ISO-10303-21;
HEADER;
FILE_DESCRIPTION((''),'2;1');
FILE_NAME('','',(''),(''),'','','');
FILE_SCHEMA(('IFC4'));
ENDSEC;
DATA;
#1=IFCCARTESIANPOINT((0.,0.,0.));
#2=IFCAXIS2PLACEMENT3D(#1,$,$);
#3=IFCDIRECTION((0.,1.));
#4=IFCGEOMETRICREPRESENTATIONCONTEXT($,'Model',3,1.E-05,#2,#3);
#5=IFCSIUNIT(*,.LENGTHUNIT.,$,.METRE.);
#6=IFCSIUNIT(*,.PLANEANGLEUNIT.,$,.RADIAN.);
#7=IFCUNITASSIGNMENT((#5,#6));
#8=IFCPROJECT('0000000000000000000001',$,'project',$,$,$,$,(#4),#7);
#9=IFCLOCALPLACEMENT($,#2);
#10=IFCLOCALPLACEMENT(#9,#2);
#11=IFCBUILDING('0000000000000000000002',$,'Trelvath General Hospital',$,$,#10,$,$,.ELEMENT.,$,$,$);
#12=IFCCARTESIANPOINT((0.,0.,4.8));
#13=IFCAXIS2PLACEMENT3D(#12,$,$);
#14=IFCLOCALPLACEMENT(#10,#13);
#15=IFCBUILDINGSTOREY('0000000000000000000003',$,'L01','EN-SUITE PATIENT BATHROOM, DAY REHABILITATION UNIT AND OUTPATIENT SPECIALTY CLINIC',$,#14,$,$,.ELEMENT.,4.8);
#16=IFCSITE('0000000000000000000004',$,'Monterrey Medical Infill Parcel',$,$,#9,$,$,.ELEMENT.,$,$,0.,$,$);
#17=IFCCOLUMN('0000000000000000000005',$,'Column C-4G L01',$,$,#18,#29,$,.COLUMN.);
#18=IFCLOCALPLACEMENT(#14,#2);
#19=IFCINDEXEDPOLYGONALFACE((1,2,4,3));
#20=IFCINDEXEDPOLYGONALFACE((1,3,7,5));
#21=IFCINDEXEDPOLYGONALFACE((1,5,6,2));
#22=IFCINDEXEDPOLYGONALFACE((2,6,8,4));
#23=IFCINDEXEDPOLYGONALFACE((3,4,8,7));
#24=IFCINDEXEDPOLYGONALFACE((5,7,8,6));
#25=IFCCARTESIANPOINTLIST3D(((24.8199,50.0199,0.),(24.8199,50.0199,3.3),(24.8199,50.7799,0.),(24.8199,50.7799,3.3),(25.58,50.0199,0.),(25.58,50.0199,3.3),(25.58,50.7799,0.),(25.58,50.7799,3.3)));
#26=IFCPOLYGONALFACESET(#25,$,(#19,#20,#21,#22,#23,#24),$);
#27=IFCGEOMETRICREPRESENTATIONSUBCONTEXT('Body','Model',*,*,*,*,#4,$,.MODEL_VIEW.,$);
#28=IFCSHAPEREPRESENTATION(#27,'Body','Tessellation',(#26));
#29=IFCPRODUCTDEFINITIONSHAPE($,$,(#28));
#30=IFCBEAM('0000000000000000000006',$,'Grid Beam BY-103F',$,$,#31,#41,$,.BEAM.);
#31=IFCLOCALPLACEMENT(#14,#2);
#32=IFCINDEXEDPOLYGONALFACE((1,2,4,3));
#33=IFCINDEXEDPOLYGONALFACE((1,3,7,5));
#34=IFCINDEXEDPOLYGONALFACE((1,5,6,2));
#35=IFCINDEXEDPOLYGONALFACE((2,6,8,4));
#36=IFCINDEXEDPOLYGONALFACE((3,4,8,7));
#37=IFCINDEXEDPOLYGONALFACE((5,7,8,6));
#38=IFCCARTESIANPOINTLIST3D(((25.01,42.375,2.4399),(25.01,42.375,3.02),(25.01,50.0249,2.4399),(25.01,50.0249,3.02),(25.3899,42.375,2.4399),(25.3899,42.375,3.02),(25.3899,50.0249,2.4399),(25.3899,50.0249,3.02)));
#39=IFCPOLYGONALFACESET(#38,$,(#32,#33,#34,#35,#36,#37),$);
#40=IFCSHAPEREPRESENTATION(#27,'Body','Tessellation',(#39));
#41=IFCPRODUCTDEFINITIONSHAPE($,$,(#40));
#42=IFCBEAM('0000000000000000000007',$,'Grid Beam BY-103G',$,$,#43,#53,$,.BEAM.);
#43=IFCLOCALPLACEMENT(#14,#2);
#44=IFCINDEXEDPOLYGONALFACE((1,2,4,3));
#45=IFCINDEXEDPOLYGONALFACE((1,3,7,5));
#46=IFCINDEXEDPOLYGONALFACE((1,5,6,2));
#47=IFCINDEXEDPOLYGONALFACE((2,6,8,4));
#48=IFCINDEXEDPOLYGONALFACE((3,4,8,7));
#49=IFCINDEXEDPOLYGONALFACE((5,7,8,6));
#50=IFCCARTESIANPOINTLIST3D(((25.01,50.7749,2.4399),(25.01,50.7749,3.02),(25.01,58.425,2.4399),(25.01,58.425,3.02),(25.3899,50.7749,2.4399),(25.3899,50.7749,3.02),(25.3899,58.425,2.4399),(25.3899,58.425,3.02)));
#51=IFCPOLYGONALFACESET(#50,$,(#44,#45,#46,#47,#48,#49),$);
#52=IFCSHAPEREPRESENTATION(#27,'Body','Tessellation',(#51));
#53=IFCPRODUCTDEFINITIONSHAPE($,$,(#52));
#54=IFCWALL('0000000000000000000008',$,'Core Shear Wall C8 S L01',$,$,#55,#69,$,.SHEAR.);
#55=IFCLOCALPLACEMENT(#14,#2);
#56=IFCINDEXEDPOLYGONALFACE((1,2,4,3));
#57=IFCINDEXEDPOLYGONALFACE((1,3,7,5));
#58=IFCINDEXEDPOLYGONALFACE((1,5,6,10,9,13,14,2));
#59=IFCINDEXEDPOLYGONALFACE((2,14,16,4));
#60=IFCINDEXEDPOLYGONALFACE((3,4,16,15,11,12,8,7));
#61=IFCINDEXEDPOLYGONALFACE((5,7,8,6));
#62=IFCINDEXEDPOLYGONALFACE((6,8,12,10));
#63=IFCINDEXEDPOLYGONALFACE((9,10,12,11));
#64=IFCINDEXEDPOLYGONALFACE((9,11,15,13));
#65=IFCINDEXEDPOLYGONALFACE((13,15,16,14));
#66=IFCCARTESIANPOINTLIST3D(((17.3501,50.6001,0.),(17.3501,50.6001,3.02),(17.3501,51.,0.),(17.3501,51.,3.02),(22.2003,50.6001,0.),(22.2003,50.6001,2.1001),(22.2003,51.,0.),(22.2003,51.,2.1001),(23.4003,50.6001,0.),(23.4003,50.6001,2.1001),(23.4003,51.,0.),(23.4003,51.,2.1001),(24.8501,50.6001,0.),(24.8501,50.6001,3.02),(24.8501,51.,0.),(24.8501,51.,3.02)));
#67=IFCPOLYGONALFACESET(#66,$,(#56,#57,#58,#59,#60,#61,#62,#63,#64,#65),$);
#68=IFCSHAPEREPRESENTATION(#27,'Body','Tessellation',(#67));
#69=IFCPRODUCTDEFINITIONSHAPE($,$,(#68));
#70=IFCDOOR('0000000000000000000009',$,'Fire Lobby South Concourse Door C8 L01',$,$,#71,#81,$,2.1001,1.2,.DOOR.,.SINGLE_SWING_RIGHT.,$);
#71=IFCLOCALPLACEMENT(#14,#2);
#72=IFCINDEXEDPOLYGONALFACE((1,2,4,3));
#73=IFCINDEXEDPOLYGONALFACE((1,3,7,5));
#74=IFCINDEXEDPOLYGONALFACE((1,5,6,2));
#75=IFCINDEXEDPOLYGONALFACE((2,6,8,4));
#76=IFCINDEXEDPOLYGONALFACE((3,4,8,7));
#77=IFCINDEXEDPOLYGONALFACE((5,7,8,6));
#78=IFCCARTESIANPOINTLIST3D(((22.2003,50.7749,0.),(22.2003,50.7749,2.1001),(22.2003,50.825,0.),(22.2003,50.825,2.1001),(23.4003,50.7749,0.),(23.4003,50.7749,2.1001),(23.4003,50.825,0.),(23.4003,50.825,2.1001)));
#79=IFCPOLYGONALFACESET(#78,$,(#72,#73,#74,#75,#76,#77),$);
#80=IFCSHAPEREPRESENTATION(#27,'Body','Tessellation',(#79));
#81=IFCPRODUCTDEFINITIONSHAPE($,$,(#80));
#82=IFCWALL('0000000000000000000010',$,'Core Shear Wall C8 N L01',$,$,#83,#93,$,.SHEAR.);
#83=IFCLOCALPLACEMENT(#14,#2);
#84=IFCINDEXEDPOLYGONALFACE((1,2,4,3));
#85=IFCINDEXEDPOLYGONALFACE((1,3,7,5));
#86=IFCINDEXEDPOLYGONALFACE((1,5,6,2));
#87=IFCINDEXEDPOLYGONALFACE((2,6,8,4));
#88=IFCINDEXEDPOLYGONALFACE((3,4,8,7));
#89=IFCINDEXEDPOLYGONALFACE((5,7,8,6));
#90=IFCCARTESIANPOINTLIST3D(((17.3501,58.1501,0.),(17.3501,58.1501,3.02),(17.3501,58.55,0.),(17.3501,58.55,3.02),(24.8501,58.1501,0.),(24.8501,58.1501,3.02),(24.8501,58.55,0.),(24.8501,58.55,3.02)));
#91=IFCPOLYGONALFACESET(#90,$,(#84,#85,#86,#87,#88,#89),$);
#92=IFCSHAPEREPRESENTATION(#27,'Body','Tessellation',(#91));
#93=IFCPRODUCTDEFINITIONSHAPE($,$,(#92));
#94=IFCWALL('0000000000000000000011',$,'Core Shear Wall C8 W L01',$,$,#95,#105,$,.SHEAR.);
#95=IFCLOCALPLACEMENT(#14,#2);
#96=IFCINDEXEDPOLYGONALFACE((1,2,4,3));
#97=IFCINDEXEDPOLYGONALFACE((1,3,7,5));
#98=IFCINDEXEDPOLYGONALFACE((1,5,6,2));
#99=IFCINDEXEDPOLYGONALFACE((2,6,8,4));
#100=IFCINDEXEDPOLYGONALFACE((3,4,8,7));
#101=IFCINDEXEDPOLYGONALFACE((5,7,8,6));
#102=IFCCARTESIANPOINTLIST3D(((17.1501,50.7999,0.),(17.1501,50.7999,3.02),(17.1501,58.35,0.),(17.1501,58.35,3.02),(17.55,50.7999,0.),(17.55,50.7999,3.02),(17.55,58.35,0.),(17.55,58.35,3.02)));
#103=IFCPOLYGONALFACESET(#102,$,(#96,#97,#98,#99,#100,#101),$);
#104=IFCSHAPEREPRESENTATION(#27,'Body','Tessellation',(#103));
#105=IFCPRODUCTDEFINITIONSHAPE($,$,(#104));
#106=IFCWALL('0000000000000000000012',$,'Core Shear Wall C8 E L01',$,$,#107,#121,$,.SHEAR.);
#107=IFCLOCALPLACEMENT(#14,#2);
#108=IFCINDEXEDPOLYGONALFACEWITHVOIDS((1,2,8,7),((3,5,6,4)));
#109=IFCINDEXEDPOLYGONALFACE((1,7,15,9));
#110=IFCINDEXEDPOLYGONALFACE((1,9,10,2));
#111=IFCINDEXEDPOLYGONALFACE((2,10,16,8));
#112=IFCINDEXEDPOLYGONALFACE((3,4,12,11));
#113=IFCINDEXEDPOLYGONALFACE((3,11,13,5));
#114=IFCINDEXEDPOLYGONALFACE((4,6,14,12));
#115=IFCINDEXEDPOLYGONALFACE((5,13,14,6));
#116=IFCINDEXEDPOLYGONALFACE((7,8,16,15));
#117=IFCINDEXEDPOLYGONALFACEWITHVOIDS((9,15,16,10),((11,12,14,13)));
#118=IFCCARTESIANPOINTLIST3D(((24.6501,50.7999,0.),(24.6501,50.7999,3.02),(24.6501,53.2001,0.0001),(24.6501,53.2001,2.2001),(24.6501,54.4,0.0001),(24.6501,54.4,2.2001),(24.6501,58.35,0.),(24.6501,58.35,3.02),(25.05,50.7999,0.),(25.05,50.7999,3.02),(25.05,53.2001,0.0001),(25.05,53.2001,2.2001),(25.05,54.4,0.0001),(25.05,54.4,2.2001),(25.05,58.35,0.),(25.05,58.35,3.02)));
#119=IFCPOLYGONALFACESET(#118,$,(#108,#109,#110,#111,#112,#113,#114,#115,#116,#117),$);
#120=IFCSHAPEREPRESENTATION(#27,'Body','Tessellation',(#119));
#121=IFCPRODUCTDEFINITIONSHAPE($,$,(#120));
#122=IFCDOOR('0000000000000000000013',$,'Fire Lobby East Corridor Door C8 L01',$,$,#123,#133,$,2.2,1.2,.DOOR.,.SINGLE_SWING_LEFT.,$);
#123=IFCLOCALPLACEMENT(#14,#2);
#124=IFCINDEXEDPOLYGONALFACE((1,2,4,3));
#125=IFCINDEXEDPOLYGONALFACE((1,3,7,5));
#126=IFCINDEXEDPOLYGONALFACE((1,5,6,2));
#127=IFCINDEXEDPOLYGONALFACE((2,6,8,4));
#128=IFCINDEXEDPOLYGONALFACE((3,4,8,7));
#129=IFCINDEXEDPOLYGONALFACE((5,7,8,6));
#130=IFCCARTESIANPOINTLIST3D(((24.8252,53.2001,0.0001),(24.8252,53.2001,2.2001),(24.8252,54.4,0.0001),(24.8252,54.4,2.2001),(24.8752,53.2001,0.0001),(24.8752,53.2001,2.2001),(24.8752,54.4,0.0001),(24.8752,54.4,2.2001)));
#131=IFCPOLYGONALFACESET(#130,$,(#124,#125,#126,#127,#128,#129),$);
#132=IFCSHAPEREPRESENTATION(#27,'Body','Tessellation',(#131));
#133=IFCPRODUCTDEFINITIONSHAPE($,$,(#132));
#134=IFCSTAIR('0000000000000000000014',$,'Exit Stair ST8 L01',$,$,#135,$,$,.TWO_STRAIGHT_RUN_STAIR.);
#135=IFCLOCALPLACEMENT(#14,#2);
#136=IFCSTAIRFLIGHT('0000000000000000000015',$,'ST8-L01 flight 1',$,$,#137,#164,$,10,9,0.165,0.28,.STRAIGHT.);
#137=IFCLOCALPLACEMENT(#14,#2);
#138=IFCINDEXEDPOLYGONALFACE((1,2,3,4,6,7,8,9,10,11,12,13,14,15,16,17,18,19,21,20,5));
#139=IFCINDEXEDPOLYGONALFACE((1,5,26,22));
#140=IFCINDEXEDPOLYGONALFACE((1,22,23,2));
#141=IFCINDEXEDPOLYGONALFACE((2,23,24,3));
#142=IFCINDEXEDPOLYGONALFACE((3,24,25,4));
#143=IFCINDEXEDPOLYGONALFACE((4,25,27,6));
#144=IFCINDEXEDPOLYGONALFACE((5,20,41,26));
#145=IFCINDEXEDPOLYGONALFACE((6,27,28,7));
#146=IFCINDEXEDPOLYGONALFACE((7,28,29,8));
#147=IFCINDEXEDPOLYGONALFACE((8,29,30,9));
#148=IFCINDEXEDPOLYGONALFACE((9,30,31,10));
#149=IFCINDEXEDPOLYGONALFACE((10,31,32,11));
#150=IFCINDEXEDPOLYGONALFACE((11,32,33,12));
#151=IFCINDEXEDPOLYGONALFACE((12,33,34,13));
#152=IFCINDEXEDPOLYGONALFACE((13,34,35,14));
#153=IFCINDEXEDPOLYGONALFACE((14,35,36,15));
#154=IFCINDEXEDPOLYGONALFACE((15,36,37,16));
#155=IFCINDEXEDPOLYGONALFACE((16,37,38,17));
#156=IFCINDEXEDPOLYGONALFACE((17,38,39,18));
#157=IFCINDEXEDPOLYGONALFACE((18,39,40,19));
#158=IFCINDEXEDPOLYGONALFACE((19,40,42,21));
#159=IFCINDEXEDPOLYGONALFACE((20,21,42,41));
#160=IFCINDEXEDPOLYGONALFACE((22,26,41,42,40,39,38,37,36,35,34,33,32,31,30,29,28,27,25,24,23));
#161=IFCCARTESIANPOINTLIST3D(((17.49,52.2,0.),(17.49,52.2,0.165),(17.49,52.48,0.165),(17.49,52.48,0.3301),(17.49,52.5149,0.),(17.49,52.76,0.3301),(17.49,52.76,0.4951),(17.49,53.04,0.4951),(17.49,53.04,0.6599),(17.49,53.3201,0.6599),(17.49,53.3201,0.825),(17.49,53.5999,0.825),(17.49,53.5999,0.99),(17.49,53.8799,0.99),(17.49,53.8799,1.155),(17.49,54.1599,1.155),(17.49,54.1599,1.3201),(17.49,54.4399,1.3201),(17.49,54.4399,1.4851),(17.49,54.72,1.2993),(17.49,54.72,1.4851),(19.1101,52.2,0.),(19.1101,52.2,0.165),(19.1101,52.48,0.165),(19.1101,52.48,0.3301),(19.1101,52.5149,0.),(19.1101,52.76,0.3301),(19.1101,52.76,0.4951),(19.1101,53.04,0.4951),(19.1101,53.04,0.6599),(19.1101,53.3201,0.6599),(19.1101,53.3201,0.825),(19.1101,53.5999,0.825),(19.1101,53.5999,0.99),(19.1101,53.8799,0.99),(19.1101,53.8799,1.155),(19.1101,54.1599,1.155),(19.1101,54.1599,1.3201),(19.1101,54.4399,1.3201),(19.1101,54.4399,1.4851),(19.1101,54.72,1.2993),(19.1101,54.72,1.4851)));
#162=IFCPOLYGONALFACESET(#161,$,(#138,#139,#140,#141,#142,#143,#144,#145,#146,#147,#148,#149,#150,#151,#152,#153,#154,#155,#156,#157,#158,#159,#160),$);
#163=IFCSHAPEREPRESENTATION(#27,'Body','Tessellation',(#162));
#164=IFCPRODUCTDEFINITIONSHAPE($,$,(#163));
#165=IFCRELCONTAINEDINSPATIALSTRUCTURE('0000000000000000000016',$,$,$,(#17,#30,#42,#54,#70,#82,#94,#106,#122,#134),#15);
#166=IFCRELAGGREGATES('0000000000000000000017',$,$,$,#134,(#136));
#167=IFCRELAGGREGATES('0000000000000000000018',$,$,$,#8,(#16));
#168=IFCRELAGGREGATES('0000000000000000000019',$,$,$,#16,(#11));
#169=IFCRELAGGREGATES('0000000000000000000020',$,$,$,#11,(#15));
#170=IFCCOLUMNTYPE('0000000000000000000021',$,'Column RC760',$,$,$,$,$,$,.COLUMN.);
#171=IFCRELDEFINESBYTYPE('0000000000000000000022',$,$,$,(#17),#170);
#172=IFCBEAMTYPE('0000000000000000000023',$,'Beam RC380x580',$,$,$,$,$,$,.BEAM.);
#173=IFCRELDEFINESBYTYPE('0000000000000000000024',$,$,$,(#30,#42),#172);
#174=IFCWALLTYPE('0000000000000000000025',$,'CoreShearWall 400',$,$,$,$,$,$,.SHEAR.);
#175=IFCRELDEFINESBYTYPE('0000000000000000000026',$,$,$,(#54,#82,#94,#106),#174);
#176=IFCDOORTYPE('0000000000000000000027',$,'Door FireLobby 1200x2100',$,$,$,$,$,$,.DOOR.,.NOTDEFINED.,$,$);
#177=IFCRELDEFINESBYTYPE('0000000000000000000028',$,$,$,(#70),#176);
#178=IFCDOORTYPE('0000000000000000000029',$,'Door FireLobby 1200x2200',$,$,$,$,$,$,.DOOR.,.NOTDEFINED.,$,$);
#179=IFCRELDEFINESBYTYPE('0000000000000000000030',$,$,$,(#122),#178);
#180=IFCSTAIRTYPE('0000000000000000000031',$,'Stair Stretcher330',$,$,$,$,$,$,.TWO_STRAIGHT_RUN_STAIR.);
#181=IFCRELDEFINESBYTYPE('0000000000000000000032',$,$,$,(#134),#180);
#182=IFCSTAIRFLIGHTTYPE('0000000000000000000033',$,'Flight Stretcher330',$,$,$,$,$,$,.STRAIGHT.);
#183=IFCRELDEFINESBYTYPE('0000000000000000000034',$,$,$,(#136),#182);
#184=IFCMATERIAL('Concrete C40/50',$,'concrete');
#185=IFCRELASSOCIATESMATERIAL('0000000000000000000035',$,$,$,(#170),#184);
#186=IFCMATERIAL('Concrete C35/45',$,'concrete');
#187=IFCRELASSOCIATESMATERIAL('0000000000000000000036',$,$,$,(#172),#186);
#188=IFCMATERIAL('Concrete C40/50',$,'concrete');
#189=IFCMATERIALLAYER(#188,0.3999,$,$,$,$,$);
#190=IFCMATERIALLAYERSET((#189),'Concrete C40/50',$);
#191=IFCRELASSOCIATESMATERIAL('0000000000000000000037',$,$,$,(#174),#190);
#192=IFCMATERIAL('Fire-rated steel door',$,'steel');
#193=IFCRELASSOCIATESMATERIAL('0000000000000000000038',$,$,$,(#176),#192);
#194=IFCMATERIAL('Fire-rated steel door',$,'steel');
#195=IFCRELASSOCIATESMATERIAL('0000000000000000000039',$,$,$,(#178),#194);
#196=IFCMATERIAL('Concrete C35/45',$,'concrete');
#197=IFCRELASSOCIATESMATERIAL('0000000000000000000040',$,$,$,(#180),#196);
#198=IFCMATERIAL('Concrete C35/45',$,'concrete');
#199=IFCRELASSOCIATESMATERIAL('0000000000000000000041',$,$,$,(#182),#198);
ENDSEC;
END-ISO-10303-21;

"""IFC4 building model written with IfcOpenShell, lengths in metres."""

from ifc_helpers import new_model, si_unit, direction, frame, frame_2d, origin, origin_2d, place, context, subcontext, project, spatial, polyline, rectangle, outline, extrude, material, layer, layer_set, material_profile, profile_set, type_object, element, fill, aggregate, save


model = new_model("IFC4")

# Units and contexts
model_context = context("Model", 3, precision=1e-05, world=origin(), true_north=direction((0.0, 1.0)))
body_context = subcontext(model_context, "Body", "Model", "MODEL_VIEW")
ifc_project = project(units=[si_unit("LENGTHUNIT", "METRE"), si_unit("PLANEANGLEUNIT", "RADIAN")], contexts=[model_context])

# Site, building, storey
site_placement = place(None, origin())
site = spatial("IfcSite", under=ifc_project, at=site_placement, Name="Monterrey Medical Infill Parcel", CompositionType="ELEMENT", RefElevation=0.0)
building_placement = place(site_placement, origin())
building = spatial("IfcBuilding", under=site, at=building_placement, Name="Trelvath General Hospital", CompositionType="ELEMENT")
storey_placement = place(building_placement, frame((0.0, 0.0, 4.8)))
storey = spatial("IfcBuildingStorey", under=building, at=storey_placement, Name="L01", Description="EN-SUITE PATIENT BATHROOM, DAY REHABILITATION UNIT AND OUTPATIENT SPECIALTY CLINIC", CompositionType="ELEMENT", Elevation=4.8)

# Column
ifc_material_1 = material(Name="Concrete C40/50", Category="concrete")
ifc_material_profile_1 = material_profile(ifc_material_1, rectangle(XDim=0.76, YDim=0.76, at=origin_2d()), Name="RC760x760")
ifc_profile_set_1 = profile_set([ifc_material_profile_1], Name="Concrete C40/50")
column_type = type_object("IfcColumnType", Name="Column RC760", PredefinedType="COLUMN", material=ifc_profile_set_1)
column_placement = place(storey_placement, frame((25.2, 50.3999, 0.0), z_axis=(0.0, 0.0, 1.0), x_axis=(1.0, 0.0, 0.0)))
element("IfcColumn", 1, at=column_placement, inside=storey, type_object=column_type, Name="Column C-4G L01", PredefinedType="COLUMN", context=body_context, shape_type="SweptSolid", body=[
    extrude(rectangle(XDim=0.76, YDim=0.76, at=origin_2d()), origin(), (0.0, 0.0, 1.0), 3.3),
])

# Beams
ifc_material_2 = material(Name="Concrete C35/45", Category="concrete")
ifc_material_profile_2 = material_profile(ifc_material_2, rectangle(XDim=0.3799, YDim=0.5801, at=origin_2d()), Name="RCB380x580")
ifc_profile_set_2 = profile_set([ifc_material_profile_2], Name="Concrete C35/45")
beam_type = type_object("IfcBeamType", Name="Beam RC380x580", PredefinedType="BEAM", material=ifc_profile_set_2)
beam_1_placement = place(storey_placement, frame((25.2, 42.375, 2.73), z_axis=(0.0, 1.0, 0.0), x_axis=(-1.0, 0.0, 0.0)))
element("IfcBeam", 2, at=beam_1_placement, inside=storey, type_object=beam_type, Name="Grid Beam BY-103F", PredefinedType="BEAM", context=body_context, shape_type="SweptSolid", body=[
    extrude(rectangle(XDim=0.3799, YDim=0.5801, at=origin_2d()), origin(), (0.0, 0.0, 1.0), 7.6499),
])
beam_2_placement = place(storey_placement, frame((25.2, 50.7749, 2.73), z_axis=(0.0, 1.0, 0.0), x_axis=(-1.0, 0.0, 0.0)))
element("IfcBeam", 3, at=beam_2_placement, inside=storey, type_object=beam_type, Name="Grid Beam BY-103G", PredefinedType="BEAM", context=body_context, shape_type="SweptSolid", body=[
    extrude(rectangle(XDim=0.3799, YDim=0.5801, at=origin_2d()), origin(), (0.0, 0.0, 1.0), 7.6501),
])

# Wall, opening, door
ifc_material_3 = material(Name="Concrete C40/50", Category="concrete")
ifc_layer = layer(ifc_material_3, 0.3999)
ifc_layer_set = layer_set([ifc_layer], Name="Concrete C40/50")
wall_type = type_object("IfcWallType", Name="CoreShearWall 400", PredefinedType="SHEAR", material=ifc_layer_set)
wall_1_placement = place(storey_placement, frame((17.3501, 50.8, 0.0), z_axis=(0.0, 0.0, 1.0), x_axis=(1.0, 0.0, 0.0)))
wall_1 = element("IfcWall", 4, at=wall_1_placement, inside=storey, type_object=wall_type, Name="Core Shear Wall C8 S L01", PredefinedType="SHEAR", context=body_context, shape_type="SweptSolid", body=[
    extrude(rectangle(XDim=7.5, YDim=0.3999, at=frame_2d((3.75, 0.0))), origin(), (0.0, 0.0, 1.0), 3.02),
])
opening_1_placement = place(wall_1_placement, frame((4.8501, 0.0, 0.0)))
opening_1 = element("IfcOpeningElement", 5, at=opening_1_placement, cuts=wall_1, PredefinedType="OPENING", context=body_context, shape_type="SweptSolid", body=[
    extrude(rectangle(XDim=1.2, YDim=2.1001, at=frame_2d((0.6001, 1.05))), frame((0.0, 0.21, 0.0), z_axis=(0.0, -1.0, 0.0), x_axis=(1.0, 0.0, 0.0)), (0.0, 0.0, 1.0), 0.4199),
])
ifc_material_4 = material(Name="Fire-rated steel door", Category="steel")
door_type_1 = type_object("IfcDoorType", Name="Door FireLobby 1200x2100", OperationType="NOTDEFINED", PredefinedType="DOOR", material=ifc_material_4)
door_1_placement = place(opening_1_placement, origin())
door_1 = element("IfcDoor", 6, at=door_1_placement, inside=storey, type_object=door_type_1, Name="Fire Lobby South Concourse Door C8 L01", OperationType="SINGLE_SWING_RIGHT", OverallHeight=2.1001, OverallWidth=1.2, PredefinedType="DOOR", context=body_context, shape_type="SweptSolid", body=[
    extrude(rectangle(XDim=1.2, YDim=2.1001, at=frame_2d((0.6001, 1.05))), frame((0.0, 0.0249, 0.0), z_axis=(0.0, -1.0, 0.0), x_axis=(1.0, 0.0, 0.0)), (0.0, 0.0, 1.0), 0.05),
])
fill(opening_1, door_1)

# Walls
wall_2_placement = place(storey_placement, frame((17.3501, 58.3501, 0.0), z_axis=(0.0, 0.0, 1.0), x_axis=(1.0, 0.0, 0.0)))
element("IfcWall", 7, at=wall_2_placement, inside=storey, type_object=wall_type, Name="Core Shear Wall C8 N L01", PredefinedType="SHEAR", context=body_context, shape_type="SweptSolid", body=[
    extrude(rectangle(XDim=7.5, YDim=0.3999, at=frame_2d((3.75, 0.0))), origin(), (0.0, 0.0, 1.0), 3.02),
])
wall_3_placement = place(storey_placement, frame((17.3501, 50.8, 0.0), z_axis=(0.0, 0.0, 1.0), x_axis=(0.0, 1.0, 0.0)))
element("IfcWall", 8, at=wall_3_placement, inside=storey, type_object=wall_type, Name="Core Shear Wall C8 W L01", PredefinedType="SHEAR", context=body_context, shape_type="SweptSolid", body=[
    extrude(rectangle(XDim=7.55, YDim=0.3999, at=frame_2d((3.7749, 0.0))), origin(), (0.0, 0.0, 1.0), 3.02),
])

# Wall, opening, door
wall_4_placement = place(storey_placement, frame((24.8501, 50.8, 0.0), z_axis=(0.0, 0.0, 1.0), x_axis=(0.0, 1.0, 0.0)))
wall_4 = element("IfcWall", 9, at=wall_4_placement, inside=storey, type_object=wall_type, Name="Core Shear Wall C8 E L01", PredefinedType="SHEAR", context=body_context, shape_type="SweptSolid", body=[
    extrude(rectangle(XDim=7.55, YDim=0.3999, at=frame_2d((3.7749, 0.0))), origin(), (0.0, 0.0, 1.0), 3.02),
])
opening_2_placement = place(wall_4_placement, frame((2.3999, 0.0, 0.0)))
opening_2 = element("IfcOpeningElement", 10, at=opening_2_placement, cuts=wall_4, PredefinedType="OPENING", context=body_context, shape_type="SweptSolid", body=[
    extrude(rectangle(XDim=1.2, YDim=2.2, at=frame_2d((0.6001, 1.1001))), frame((0.0, 0.21, 0.0), z_axis=(0.0, -1.0, 0.0), x_axis=(1.0, 0.0, 0.0)), (0.0, 0.0, 1.0), 0.4199),
])
ifc_material_5 = material(Name="Fire-rated steel door", Category="steel")
door_type_2 = type_object("IfcDoorType", Name="Door FireLobby 1200x2200", OperationType="NOTDEFINED", PredefinedType="DOOR", material=ifc_material_5)
door_2_placement = place(opening_2_placement, origin())
door_2 = element("IfcDoor", 11, at=door_2_placement, inside=storey, type_object=door_type_2, Name="Fire Lobby East Corridor Door C8 L01", OperationType="SINGLE_SWING_LEFT", OverallHeight=2.2, OverallWidth=1.2, PredefinedType="DOOR", context=body_context, shape_type="SweptSolid", body=[
    extrude(rectangle(XDim=1.2, YDim=2.2, at=frame_2d((0.6001, 1.1001))), frame((0.0, 0.0249, 0.0), z_axis=(0.0, -1.0, 0.0), x_axis=(1.0, 0.0, 0.0)), (0.0, 0.0, 1.0), 0.05),
])
fill(opening_2, door_2)

# Stair, stair flight
ifc_material_6 = material(Name="Concrete C35/45", Category="concrete")
stair_type = type_object("IfcStairType", Name="Stair Stretcher330", PredefinedType="TWO_STRAIGHT_RUN_STAIR", material=ifc_material_6)
stair_placement = place(storey_placement, origin())
stair = element("IfcStair", 12, at=stair_placement, inside=storey, type_object=stair_type, Name="Exit Stair ST8 L01", PredefinedType="TWO_STRAIGHT_RUN_STAIR")
ifc_material_7 = material(Name="Concrete C35/45", Category="concrete")
stair_flight_type = type_object("IfcStairFlightType", Name="Flight Stretcher330", PredefinedType="STRAIGHT", material=ifc_material_7)
stair_flight_1_placement = place(storey_placement, frame((18.3, 52.2, 0.0), z_axis=(0.0, 0.0, 1.0), x_axis=(0.0, 1.0, 0.0)))
stair_flight_1 = element("IfcStairFlight", 13, at=stair_flight_1_placement, type_object=stair_flight_type, Name="ST8-L01 flight 1", NumberOfRisers=10, NumberOfTreads=9, PredefinedType="STRAIGHT", RiserHeight=0.165, TreadLength=0.28, context=body_context, shape_type="SweptSolid", body=[
    extrude(outline(polyline([(0.0, 0.0), (0.0, 0.165), (0.28, 0.165), (0.28, 0.3301), (0.5601, 0.3301), (0.5601, 0.4951), (0.8401, 0.4951), (0.8401, 0.6599), (1.1201, 0.6599), (1.1201, 0.825), (1.3999, 0.825), (1.3999, 0.99), (1.6799, 0.99), (1.6799, 1.155), (1.96, 1.155), (1.96, 1.3201), (2.24, 1.3201), (2.24, 1.4851), (2.52, 1.4851), (2.52, 1.6499), (2.52, 1.2993), (0.3149, 0.0), (0.0, 0.0)])), frame((0.0, 0.8101, 0.0), z_axis=(0.0, -1.0, 0.0), x_axis=(1.0, 0.0, 0.0)), (0.0, 0.0, 1.0), 1.6201),
])
aggregate(stair, [stair_flight_1])

save(model, "model.ifc")
